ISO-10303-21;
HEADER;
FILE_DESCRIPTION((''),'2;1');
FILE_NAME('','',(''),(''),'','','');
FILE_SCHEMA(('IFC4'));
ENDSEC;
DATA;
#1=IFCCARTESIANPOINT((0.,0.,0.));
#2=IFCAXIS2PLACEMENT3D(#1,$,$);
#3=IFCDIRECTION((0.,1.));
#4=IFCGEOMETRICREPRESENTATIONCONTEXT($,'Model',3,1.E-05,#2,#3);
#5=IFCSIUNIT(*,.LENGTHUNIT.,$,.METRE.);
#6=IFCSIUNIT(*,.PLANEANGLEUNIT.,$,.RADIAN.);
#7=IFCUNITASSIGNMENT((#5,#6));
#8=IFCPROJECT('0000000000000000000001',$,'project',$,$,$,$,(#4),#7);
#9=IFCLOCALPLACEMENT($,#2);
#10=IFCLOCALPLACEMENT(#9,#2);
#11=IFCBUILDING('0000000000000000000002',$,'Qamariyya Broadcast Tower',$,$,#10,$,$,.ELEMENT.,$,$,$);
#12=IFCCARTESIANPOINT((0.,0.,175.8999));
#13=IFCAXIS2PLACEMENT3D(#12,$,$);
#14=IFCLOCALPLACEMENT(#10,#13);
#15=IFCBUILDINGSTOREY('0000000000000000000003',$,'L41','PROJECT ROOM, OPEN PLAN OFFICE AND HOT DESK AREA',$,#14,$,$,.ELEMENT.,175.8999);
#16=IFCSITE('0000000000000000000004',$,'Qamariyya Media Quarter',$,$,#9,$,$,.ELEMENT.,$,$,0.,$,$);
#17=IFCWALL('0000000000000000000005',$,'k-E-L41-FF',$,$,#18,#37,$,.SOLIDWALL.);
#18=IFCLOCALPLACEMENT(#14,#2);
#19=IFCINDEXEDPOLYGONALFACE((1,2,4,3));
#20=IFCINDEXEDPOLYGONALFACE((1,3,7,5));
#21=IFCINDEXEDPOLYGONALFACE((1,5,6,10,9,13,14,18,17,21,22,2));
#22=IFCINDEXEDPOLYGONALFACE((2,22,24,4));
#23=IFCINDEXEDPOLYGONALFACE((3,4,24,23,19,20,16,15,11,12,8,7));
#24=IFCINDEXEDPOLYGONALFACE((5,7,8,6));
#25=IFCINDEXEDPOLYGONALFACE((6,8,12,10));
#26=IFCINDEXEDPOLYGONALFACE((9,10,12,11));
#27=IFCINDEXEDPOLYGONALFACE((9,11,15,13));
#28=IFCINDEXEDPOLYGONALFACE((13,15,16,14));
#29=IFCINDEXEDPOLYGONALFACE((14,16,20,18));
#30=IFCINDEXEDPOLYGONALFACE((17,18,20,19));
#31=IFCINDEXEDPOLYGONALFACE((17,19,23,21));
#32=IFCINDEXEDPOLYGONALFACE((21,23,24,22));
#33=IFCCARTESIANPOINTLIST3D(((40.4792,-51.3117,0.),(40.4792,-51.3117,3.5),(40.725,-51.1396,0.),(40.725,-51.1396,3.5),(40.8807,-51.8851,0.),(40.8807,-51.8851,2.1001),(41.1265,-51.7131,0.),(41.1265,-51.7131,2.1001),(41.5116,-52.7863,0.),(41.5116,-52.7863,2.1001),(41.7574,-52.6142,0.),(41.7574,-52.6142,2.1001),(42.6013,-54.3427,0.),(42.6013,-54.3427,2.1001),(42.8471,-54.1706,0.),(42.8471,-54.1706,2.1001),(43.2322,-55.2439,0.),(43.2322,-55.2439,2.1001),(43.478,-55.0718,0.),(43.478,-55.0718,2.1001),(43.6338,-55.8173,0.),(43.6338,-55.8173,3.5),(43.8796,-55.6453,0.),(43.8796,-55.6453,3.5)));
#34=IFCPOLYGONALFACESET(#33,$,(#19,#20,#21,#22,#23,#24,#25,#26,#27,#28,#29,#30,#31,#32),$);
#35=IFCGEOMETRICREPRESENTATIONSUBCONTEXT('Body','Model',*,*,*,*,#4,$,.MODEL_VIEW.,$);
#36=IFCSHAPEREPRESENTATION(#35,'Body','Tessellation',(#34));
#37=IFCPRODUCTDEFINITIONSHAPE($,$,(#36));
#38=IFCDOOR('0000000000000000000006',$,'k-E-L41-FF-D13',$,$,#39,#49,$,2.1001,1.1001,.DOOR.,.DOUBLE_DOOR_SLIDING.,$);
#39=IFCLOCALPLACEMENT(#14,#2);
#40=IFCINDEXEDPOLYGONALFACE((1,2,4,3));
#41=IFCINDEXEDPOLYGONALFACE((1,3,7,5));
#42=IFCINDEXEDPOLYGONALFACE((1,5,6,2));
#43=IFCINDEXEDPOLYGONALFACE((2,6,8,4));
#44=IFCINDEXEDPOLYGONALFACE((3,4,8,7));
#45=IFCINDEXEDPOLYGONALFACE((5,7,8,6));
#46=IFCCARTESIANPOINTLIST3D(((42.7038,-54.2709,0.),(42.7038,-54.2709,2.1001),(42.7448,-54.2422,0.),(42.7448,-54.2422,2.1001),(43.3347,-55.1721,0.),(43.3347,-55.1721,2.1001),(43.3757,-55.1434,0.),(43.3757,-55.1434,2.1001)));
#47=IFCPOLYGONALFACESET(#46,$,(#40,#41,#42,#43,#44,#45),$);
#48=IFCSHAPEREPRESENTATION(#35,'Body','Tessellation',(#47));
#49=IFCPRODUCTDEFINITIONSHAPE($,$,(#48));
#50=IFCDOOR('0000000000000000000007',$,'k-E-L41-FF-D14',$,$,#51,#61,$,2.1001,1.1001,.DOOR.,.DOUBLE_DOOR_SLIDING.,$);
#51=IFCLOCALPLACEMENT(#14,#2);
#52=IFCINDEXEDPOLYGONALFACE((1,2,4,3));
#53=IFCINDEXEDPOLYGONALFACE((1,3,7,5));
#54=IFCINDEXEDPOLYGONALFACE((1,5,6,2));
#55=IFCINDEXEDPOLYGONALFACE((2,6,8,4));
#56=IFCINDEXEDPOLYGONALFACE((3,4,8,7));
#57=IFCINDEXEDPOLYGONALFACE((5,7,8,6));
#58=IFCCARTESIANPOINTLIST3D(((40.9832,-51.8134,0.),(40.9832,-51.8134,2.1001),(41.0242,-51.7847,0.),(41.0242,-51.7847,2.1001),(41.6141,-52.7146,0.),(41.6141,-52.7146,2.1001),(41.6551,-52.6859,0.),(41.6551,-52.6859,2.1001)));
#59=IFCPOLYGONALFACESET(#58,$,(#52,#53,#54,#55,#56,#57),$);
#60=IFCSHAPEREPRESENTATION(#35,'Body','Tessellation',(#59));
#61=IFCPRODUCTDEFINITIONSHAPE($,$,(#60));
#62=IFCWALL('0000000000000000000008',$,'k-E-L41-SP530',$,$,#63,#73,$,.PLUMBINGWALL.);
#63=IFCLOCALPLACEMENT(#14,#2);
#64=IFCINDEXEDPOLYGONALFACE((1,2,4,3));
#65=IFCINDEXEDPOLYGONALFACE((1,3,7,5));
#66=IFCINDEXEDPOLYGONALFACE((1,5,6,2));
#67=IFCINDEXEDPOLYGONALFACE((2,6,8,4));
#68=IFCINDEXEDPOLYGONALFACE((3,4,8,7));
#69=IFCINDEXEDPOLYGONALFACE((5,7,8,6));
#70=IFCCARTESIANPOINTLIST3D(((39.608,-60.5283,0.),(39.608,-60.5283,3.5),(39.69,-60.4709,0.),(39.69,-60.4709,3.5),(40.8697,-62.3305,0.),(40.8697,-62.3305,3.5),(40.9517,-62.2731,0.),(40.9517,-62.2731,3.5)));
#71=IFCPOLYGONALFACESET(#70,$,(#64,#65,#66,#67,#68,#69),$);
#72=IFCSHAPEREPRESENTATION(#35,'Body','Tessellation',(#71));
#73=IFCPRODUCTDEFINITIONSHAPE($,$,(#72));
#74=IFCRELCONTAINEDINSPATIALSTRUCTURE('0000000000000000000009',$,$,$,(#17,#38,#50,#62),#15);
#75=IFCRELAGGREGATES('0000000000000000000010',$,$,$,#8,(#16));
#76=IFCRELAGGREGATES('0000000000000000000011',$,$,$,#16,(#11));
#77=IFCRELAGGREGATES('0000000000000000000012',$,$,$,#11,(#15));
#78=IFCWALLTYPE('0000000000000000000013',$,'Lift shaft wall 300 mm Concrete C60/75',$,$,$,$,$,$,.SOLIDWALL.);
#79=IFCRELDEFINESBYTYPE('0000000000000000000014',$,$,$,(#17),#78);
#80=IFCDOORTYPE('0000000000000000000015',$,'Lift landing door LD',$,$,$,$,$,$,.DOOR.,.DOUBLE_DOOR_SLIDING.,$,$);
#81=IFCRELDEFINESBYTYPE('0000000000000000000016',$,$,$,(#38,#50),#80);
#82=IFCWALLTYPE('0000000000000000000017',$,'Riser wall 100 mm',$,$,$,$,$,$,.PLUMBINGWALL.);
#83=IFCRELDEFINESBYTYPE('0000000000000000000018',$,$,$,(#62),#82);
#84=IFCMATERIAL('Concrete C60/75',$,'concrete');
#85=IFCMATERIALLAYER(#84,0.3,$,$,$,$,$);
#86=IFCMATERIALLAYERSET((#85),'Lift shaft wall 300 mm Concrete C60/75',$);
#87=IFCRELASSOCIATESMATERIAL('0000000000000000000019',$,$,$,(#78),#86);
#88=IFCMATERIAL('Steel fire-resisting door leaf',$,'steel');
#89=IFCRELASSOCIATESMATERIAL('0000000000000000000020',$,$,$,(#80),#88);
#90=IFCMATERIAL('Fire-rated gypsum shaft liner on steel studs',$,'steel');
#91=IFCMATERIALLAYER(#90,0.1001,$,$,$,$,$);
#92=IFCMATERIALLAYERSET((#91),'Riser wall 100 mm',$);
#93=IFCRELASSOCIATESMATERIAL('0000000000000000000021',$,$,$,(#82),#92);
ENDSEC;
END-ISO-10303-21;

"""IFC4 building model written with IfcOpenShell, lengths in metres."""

from ifc_helpers import new_model, si_unit, direction, frame, frame_2d, origin, place, context, subcontext, project, spatial, rectangle, extrude, material, layer, layer_set, type_object, element, fill, save


model = new_model("IFC4")

# Units and contexts
model_context = context("Model", 3, precision=1e-05, world=origin(), true_north=direction((0.0, 1.0)))
body_context = subcontext(model_context, "Body", "Model", "MODEL_VIEW")
ifc_project = project(units=[si_unit("LENGTHUNIT", "METRE"), si_unit("PLANEANGLEUNIT", "RADIAN")], contexts=[model_context])

# Site, building, storey
site_placement = place(None, origin())
site = spatial("IfcSite", under=ifc_project, at=site_placement, Name="Qamariyya Media Quarter", CompositionType="ELEMENT", RefElevation=0.0)
building_placement = place(site_placement, origin())
building = spatial("IfcBuilding", under=site, at=building_placement, Name="Qamariyya Broadcast Tower", CompositionType="ELEMENT")
storey_placement = place(building_placement, frame((0.0, 0.0, 175.8999)))
storey = spatial("IfcBuildingStorey", under=building, at=storey_placement, Name="L41", Description="PROJECT ROOM, OPEN PLAN OFFICE AND HOT DESK AREA", CompositionType="ELEMENT", Elevation=175.8999)

# Shared definitions
ifc_material_1 = material(Name="Concrete C60/75", Category="concrete")

# Shared definitions
ifc_material_2 = material(Name="Steel fire-resisting door leaf", Category="steel")

# Shared definitions
ifc_layer_1 = layer(ifc_material_1, 0.3)
ifc_layer_set_1 = layer_set([ifc_layer_1], Name="Lift shaft wall 300 mm Concrete C60/75")
wall_type_1 = type_object("IfcWallType", Name="Lift shaft wall 300 mm Concrete C60/75", PredefinedType="SOLIDWALL", material=ifc_layer_set_1)

# Wall, openings, doors
wall_1_placement = place(storey_placement, frame((43.7566, -55.7312, 0.0), z_axis=(0.0, 0.0, 1.0), x_axis=(-0.573537, 0.81918, 0.0)))
wall_1 = element("IfcWall", 1, at=wall_1_placement, inside=storey, type_object=wall_type_1, Name="k-E-L41-FF", PredefinedType="SOLIDWALL", context=body_context, shape_type="SweptSolid", body=[
    extrude(rectangle(XDim=5.5002, YDim=0.3, at=frame_2d((2.75, 0.0))), origin(), (0.0, 0.0, 1.0), 3.5),
])
opening_1_placement = place(wall_1_placement, frame((0.7, 0.0, 0.0)))
opening_1 = element("IfcOpeningElement", 2, at=opening_1_placement, cuts=wall_1, PredefinedType="OPENING", context=body_context, shape_type="SweptSolid", body=[
    extrude(rectangle(XDim=1.1001, YDim=2.1001, at=frame_2d((0.55, 1.05))), frame((0.0, 0.1599, 0.0), z_axis=(0.0, -1.0, 0.0), x_axis=(1.0, 0.0, 0.0)), (0.0, 0.0, 1.0), 0.3201),
])
opening_2_placement = place(wall_1_placement, frame((3.7, 0.0, 0.0)))
opening_2 = element("IfcOpeningElement", 3, at=opening_2_placement, cuts=wall_1, PredefinedType="OPENING", context=body_context, shape_type="SweptSolid", body=[
    extrude(rectangle(XDim=1.1001, YDim=2.1001, at=frame_2d((0.55, 1.05))), frame((0.0, 0.1599, 0.0), z_axis=(0.0, -1.0, 0.0), x_axis=(1.0, 0.0, 0.0)), (0.0, 0.0, 1.0), 0.3201),
])
door_type_1 = type_object("IfcDoorType", Name="Lift landing door LD", OperationType="DOUBLE_DOOR_SLIDING", PredefinedType="DOOR", material=ifc_material_2)
door_1_placement = place(opening_1_placement, origin())
door_1 = element("IfcDoor", 4, at=door_1_placement, inside=storey, type_object=door_type_1, Name="k-E-L41-FF-D13", OperationType="DOUBLE_DOOR_SLIDING", OverallHeight=2.1001, OverallWidth=1.1001, PredefinedType="DOOR", context=body_context, shape_type="SweptSolid", body=[
    extrude(rectangle(XDim=1.1001, YDim=2.1001, at=frame_2d((0.55, 1.05))), frame((0.0, 0.0249, 0.0), z_axis=(0.0, -1.0, 0.0), x_axis=(1.0, 0.0, 0.0)), (0.0, 0.0, 1.0), 0.05),
])
fill(opening_1, door_1)
door_2_placement = place(opening_2_placement, origin())
door_2 = element("IfcDoor", 5, at=door_2_placement, inside=storey, type_object=door_type_1, Name="k-E-L41-FF-D14", OperationType="DOUBLE_DOOR_SLIDING", OverallHeight=2.1001, OverallWidth=1.1001, PredefinedType="DOOR", context=body_context, shape_type="SweptSolid", body=[
    extrude(rectangle(XDim=1.1001, YDim=2.1001, at=frame_2d((0.55, 1.05))), frame((0.0, 0.0249, 0.0), z_axis=(0.0, -1.0, 0.0), x_axis=(1.0, 0.0, 0.0)), (0.0, 0.0, 1.0), 0.05),
])
fill(opening_2, door_2)

# Wall
ifc_material_3 = material(Name="Fire-rated gypsum shaft liner on steel studs", Category="steel")
ifc_layer_2 = layer(ifc_material_3, 0.1001)
ifc_layer_set_2 = layer_set([ifc_layer_2], Name="Riser wall 100 mm")
wall_type_2 = type_object("IfcWallType", Name="Riser wall 100 mm", PredefinedType="PLUMBINGWALL", material=ifc_layer_set_2)
wall_2_placement = place(storey_placement, frame((39.6489, -60.4995, 0.0), z_axis=(0.0, 0.0, 1.0), x_axis=(0.573507, -0.819201, 0.0)))
element("IfcWall", 6, at=wall_2_placement, inside=storey, type_object=wall_type_2, Name="k-E-L41-SP530", PredefinedType="PLUMBINGWALL", context=body_context, shape_type="SweptSolid", body=[
    extrude(rectangle(XDim=2.2, YDim=0.1001, at=frame_2d((1.1001, 0.0))), origin(), (0.0, 0.0, 1.0), 3.5),
])

save(model, "model.ifc")
